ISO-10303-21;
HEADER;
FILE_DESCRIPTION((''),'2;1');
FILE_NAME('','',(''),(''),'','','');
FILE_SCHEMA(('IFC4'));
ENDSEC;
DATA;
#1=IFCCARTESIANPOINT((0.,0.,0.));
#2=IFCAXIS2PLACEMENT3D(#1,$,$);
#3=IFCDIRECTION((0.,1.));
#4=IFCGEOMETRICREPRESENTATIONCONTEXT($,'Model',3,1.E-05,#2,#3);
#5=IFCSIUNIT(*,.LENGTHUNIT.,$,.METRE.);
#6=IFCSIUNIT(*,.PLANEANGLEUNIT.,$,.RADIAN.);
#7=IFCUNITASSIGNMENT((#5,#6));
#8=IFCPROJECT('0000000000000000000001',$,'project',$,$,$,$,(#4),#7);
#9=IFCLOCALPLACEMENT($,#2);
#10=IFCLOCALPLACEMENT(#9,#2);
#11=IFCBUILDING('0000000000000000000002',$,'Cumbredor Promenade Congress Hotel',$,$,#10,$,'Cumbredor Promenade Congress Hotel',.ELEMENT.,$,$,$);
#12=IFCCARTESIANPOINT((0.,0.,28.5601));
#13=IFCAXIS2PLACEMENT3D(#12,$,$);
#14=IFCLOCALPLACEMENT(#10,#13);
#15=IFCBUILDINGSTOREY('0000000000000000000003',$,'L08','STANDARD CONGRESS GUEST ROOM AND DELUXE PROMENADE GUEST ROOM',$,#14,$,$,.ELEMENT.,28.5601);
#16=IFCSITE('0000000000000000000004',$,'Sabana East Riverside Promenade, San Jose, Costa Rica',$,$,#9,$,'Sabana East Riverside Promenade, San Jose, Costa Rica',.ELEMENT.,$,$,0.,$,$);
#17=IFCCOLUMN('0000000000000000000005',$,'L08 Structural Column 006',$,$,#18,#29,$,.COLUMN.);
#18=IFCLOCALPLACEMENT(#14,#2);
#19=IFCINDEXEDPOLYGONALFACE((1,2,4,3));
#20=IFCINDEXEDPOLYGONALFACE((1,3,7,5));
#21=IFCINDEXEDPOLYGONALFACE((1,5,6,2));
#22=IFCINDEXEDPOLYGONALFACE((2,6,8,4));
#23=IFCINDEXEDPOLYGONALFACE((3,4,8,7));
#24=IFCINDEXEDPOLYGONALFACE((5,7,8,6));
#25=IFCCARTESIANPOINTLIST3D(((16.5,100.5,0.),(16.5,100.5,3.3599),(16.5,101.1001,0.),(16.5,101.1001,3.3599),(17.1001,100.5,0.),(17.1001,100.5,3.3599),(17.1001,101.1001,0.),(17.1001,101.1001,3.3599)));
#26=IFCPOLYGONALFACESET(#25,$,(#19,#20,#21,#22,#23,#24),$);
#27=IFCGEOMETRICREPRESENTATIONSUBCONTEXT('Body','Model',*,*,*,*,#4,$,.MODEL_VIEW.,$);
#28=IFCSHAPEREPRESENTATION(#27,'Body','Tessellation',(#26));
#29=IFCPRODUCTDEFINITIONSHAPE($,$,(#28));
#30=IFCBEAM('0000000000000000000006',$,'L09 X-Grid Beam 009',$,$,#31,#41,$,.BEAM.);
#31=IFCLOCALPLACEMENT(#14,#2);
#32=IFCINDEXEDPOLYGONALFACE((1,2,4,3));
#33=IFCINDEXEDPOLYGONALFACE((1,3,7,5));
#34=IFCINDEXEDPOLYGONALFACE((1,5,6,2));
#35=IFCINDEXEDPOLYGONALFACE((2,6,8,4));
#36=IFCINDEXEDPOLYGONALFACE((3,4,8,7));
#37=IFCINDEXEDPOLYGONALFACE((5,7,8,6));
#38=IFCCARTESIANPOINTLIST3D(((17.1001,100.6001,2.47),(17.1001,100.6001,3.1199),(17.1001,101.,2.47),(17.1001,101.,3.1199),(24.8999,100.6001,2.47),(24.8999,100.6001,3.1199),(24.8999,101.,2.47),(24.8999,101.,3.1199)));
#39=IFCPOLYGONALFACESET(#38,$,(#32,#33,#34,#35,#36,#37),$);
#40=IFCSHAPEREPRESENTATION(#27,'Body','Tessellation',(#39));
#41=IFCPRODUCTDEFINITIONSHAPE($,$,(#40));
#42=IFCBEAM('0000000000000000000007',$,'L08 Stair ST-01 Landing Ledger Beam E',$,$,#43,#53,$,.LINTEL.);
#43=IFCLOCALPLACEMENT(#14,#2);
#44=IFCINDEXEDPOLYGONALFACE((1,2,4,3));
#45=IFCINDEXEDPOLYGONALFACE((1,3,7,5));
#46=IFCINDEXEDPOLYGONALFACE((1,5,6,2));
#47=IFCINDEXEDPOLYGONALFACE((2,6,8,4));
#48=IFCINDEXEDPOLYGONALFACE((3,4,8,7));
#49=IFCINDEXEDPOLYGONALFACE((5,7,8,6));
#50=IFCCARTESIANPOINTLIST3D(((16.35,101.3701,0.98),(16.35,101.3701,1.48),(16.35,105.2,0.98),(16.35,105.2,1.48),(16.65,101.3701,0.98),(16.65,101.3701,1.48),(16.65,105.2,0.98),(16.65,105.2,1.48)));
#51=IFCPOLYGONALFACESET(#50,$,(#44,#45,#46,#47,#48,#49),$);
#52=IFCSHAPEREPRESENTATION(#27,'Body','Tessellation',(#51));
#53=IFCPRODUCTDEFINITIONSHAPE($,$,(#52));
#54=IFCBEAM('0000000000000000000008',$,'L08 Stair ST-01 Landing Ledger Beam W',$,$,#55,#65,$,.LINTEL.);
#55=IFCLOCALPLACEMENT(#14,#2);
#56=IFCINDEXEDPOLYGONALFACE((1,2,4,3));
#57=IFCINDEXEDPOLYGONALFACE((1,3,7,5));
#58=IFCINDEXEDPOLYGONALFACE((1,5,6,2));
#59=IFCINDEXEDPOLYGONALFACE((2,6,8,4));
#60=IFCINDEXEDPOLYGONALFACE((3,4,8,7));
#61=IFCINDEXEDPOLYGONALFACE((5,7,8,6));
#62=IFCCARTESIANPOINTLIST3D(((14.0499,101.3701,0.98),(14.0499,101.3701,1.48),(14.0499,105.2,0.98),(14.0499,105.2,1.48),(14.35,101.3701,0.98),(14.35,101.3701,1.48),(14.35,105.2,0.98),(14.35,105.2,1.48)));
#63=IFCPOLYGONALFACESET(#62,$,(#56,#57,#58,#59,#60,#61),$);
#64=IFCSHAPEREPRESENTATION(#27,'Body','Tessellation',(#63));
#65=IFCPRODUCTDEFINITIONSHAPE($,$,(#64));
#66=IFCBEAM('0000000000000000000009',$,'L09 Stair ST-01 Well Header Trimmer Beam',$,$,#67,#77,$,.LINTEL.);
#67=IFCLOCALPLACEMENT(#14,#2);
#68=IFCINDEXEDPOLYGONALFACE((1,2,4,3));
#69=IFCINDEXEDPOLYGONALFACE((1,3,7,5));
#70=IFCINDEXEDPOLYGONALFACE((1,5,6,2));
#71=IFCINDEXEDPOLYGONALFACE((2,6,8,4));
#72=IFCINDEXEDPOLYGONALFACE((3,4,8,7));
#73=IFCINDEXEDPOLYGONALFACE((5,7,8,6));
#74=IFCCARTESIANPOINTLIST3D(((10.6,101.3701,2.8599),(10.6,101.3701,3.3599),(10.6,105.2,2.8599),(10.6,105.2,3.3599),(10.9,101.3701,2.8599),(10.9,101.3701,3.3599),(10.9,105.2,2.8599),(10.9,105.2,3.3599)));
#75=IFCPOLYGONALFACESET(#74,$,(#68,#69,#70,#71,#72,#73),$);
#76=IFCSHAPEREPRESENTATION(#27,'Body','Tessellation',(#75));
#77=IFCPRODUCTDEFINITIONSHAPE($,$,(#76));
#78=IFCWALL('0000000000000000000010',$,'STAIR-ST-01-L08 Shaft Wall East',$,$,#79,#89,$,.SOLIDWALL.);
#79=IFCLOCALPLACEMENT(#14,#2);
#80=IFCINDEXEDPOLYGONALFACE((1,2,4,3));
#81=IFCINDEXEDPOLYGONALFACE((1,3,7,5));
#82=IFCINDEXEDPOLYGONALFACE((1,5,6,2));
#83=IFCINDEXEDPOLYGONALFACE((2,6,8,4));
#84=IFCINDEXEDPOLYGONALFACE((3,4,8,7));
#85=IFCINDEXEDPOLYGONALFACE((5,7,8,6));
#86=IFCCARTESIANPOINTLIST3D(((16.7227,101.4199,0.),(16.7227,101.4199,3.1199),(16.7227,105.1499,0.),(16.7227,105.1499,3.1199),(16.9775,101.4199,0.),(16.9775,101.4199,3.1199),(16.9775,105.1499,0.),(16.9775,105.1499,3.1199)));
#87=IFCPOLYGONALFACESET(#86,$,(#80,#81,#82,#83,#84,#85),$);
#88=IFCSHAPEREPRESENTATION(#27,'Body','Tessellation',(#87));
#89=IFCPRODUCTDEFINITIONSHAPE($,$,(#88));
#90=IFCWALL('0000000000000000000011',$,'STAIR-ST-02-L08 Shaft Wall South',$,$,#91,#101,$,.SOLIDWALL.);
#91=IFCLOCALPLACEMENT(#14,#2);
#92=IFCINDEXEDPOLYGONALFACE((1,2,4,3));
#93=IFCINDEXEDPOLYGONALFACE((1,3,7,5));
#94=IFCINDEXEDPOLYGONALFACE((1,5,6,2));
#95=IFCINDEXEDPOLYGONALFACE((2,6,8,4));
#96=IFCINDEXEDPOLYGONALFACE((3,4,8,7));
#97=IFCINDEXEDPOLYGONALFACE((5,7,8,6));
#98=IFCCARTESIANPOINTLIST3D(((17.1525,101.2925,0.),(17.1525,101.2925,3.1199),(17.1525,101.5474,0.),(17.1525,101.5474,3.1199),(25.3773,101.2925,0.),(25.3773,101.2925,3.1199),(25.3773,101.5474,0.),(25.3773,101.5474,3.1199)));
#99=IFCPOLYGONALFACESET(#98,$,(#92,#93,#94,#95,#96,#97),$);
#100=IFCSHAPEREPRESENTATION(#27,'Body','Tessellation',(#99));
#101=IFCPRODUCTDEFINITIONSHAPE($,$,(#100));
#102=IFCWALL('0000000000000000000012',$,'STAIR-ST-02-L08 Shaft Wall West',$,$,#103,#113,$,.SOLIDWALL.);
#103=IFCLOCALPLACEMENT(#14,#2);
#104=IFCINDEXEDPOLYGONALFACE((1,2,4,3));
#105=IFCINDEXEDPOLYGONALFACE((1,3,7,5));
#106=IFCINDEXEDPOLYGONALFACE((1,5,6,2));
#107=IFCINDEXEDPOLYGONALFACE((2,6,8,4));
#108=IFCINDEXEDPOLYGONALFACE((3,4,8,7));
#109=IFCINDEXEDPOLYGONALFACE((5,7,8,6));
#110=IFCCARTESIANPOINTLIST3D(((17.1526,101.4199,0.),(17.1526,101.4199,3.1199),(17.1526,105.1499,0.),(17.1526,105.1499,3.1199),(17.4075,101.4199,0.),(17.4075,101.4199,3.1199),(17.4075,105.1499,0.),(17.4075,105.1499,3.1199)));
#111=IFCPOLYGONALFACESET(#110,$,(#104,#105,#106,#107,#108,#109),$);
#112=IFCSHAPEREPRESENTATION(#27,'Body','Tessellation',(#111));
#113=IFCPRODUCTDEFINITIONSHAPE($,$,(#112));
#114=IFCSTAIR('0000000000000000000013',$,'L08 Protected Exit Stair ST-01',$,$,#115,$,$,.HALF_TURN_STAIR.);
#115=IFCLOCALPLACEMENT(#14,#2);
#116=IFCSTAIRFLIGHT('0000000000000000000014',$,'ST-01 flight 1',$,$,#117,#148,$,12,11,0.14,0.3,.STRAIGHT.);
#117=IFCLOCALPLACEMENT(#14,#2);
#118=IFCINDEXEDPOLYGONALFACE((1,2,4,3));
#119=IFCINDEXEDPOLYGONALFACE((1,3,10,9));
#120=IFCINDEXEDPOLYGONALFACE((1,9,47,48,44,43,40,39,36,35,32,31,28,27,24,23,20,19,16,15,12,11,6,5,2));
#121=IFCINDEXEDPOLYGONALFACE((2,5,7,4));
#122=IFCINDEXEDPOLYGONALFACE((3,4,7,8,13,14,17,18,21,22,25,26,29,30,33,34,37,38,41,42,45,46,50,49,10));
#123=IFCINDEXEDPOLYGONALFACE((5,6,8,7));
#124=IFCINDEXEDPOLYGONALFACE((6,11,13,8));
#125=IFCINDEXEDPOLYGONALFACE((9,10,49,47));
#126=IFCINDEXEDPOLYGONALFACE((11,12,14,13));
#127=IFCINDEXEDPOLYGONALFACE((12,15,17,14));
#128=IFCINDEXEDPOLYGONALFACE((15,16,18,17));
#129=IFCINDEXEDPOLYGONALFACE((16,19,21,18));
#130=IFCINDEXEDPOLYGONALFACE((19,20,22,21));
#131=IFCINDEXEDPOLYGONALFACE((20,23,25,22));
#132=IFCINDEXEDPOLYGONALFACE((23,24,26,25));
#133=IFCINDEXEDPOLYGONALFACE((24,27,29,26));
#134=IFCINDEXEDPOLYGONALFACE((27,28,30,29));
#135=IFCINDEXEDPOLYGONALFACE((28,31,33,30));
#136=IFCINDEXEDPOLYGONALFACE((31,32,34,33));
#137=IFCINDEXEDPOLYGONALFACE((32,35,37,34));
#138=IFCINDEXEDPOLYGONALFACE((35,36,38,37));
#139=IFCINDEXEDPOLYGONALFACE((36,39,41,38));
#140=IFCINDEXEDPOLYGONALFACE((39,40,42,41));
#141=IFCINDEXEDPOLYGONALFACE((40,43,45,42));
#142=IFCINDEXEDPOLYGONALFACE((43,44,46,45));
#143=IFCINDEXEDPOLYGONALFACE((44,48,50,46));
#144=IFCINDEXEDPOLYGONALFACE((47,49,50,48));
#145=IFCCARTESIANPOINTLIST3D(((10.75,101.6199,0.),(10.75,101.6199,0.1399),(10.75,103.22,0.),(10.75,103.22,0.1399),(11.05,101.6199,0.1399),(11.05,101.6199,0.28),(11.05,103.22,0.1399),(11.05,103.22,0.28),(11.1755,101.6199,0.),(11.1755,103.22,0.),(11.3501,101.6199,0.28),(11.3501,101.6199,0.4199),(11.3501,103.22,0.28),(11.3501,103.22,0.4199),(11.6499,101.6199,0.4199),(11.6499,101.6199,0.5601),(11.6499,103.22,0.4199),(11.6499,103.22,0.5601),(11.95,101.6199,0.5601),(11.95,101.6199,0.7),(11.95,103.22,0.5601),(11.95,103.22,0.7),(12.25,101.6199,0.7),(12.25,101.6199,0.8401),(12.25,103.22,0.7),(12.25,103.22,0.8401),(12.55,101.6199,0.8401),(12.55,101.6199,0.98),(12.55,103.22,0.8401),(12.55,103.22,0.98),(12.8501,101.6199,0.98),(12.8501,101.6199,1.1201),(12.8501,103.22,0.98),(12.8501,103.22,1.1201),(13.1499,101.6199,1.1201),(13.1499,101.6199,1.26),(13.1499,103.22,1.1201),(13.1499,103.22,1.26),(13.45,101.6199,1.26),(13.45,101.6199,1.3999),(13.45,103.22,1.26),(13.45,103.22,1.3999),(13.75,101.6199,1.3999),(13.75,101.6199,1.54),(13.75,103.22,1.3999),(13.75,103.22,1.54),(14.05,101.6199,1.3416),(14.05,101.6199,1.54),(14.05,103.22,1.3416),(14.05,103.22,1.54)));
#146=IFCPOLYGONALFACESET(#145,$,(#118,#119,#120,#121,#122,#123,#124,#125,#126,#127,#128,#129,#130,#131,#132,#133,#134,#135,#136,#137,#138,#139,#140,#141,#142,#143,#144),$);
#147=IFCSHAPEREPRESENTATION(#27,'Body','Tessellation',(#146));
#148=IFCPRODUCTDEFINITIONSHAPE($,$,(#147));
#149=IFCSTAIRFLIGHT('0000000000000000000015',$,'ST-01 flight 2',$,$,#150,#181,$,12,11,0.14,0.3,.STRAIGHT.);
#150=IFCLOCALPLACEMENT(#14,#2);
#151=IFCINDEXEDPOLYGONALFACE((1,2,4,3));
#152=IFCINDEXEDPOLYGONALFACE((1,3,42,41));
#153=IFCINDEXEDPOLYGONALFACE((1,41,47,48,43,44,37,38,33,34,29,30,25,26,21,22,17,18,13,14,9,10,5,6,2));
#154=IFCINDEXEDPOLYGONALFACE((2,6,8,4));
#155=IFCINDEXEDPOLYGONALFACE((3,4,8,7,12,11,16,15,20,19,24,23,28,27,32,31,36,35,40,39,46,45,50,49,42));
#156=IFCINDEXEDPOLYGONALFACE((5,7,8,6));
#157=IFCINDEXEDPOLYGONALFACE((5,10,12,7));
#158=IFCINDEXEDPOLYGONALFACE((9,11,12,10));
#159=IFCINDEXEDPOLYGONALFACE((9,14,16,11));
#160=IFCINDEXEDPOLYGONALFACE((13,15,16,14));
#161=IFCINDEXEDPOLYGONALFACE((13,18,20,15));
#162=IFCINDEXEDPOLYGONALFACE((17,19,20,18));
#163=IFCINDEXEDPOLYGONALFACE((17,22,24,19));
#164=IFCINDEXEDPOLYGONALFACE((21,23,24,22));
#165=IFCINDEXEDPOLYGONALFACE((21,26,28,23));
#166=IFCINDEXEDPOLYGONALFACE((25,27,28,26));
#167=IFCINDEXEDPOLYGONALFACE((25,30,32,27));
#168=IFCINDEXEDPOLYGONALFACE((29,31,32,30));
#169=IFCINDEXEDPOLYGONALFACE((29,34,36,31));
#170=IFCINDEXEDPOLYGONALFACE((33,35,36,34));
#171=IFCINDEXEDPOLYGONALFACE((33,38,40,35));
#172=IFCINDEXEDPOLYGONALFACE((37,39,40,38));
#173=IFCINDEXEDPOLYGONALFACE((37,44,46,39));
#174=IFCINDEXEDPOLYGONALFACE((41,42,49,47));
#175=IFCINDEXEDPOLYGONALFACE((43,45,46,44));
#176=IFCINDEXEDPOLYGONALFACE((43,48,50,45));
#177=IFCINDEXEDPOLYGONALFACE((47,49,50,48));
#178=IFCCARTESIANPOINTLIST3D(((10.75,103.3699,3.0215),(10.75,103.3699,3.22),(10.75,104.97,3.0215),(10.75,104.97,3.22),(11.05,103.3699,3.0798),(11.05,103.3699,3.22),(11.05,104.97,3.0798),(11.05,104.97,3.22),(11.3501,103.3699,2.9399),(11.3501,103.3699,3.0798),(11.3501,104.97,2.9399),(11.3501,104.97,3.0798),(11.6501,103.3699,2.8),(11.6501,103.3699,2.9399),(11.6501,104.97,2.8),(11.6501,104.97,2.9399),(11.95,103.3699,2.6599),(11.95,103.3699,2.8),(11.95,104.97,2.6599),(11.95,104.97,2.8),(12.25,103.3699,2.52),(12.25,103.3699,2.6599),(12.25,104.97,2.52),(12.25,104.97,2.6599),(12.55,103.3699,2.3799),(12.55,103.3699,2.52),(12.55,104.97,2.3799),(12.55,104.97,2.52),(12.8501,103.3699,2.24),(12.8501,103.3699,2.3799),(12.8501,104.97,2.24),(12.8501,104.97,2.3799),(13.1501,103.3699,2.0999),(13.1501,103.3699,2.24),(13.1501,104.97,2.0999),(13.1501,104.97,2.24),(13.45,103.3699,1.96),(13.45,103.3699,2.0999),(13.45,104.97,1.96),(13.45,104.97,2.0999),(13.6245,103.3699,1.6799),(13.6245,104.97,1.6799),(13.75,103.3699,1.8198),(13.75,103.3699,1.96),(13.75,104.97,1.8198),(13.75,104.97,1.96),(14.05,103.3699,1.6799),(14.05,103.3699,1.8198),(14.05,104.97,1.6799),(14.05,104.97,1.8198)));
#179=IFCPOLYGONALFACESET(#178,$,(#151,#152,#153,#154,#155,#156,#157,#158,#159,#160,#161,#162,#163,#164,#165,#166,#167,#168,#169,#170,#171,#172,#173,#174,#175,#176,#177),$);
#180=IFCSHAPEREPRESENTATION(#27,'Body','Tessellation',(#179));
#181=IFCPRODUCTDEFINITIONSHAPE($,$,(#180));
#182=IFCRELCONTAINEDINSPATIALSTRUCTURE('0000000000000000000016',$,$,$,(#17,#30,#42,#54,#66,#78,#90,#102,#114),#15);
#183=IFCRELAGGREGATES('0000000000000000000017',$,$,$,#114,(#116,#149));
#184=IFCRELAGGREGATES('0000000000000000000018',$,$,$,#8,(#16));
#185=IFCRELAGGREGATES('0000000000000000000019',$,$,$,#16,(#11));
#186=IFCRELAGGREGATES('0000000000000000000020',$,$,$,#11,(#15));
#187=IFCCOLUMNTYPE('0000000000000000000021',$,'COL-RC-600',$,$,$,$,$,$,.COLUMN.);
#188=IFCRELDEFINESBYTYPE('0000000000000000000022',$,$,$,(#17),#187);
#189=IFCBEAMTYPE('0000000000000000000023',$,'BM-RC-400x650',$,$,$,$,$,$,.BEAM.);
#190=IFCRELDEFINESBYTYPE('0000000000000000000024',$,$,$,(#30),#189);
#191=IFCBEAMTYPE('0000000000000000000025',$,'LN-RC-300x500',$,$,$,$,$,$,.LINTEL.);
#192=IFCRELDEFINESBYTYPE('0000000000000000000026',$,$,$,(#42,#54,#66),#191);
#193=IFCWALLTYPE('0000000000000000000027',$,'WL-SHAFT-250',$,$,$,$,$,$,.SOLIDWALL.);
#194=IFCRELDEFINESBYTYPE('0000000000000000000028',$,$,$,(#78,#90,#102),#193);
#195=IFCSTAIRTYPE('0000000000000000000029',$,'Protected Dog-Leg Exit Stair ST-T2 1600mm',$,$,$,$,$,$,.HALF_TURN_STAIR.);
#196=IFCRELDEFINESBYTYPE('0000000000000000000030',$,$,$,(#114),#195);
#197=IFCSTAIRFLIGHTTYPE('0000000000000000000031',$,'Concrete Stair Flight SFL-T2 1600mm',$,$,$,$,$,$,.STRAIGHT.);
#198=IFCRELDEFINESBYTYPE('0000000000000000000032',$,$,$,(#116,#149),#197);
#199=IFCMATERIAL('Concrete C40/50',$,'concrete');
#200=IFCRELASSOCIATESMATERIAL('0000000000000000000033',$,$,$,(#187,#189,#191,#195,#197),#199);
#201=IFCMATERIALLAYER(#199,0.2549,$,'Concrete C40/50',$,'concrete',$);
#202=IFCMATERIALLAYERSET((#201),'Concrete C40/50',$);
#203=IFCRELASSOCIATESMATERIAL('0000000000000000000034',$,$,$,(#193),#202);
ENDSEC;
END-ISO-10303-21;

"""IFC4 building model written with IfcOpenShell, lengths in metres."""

from ifc_helpers import new_model, si_unit, direction, frame, frame_2d, origin, origin_2d, place, context, subcontext, project, spatial, polyline, rectangle, outline, extrude, material, layer, layer_set, material_profile, profile_set, type_object, element, aggregate, save


model = new_model("IFC4")

# Units and contexts
model_context = context("Model", 3, precision=1e-05, world=origin(), true_north=direction((0.0, 1.0)))
body_context = subcontext(model_context, "Body", "Model", "MODEL_VIEW")
ifc_project = project(units=[si_unit("LENGTHUNIT", "METRE"), si_unit("PLANEANGLEUNIT", "RADIAN")], contexts=[model_context])

# Site, building, storey
site_placement = place(None, origin())
site = spatial("IfcSite", under=ifc_project, at=site_placement, Name="Sabana East Riverside Promenade, San Jose, Costa Rica", LongName="Sabana East Riverside Promenade, San Jose, Costa Rica", CompositionType="ELEMENT", RefElevation=0.0)
building_placement = place(site_placement, origin())
building = spatial("IfcBuilding", under=site, at=building_placement, Name="Cumbredor Promenade Congress Hotel", LongName="Cumbredor Promenade Congress Hotel", CompositionType="ELEMENT")
storey_placement = place(building_placement, frame((0.0, 0.0, 28.5601)))
storey = spatial("IfcBuildingStorey", under=building, at=storey_placement, Name="L08", Description="STANDARD CONGRESS GUEST ROOM AND DELUXE PROMENADE GUEST ROOM", CompositionType="ELEMENT", Elevation=28.5601)

# Column
ifc_material_1 = material(Name="Concrete C40/50", Category="concrete")
ifc_material_profile_1 = material_profile(ifc_material_1, rectangle(XDim=0.6001, YDim=0.6001, at=origin_2d()), Name="RC 600x600")
ifc_profile_set_1 = profile_set([ifc_material_profile_1], Name="Concrete C40/50")
column_type = type_object("IfcColumnType", Name="COL-RC-600", PredefinedType="COLUMN", material=ifc_profile_set_1)
column_placement = place(storey_placement, frame((16.8, 100.8, 0.0), z_axis=(0.0, 0.0, 1.0), x_axis=(1.0, 0.0, 0.0)))
element("IfcColumn", 1, at=column_placement, inside=storey, type_object=column_type, Name="L08 Structural Column 006", PredefinedType="COLUMN", context=body_context, shape_type="SweptSolid", body=[
    extrude(rectangle(XDim=0.6001, YDim=0.6001, at=origin_2d()), origin(), (0.0, 0.0, 1.0), 3.3599),
])

# Beams
ifc_material_profile_2 = material_profile(ifc_material_1, rectangle(XDim=0.3999, YDim=0.6499, at=origin_2d()), Name="RC BEAM 400x650")
ifc_profile_set_2 = profile_set([ifc_material_profile_2], Name="Concrete C40/50")
beam_type_1 = type_object("IfcBeamType", Name="BM-RC-400x650", PredefinedType="BEAM", material=ifc_profile_set_2)
beam_placement = place(storey_placement, frame((17.1001, 100.8, 2.7949), z_axis=(1.0, 0.0, 0.0), x_axis=(0.0, 1.0, 0.0)))
element("IfcBeam", 2, at=beam_placement, inside=storey, type_object=beam_type_1, Name="L09 X-Grid Beam 009", PredefinedType="BEAM", context=body_context, shape_type="SweptSolid", body=[
    extrude(rectangle(XDim=0.3999, YDim=0.6499, at=origin_2d()), origin(), (0.0, 0.0, 1.0), 7.7998),
])
ifc_material_profile_3 = material_profile(ifc_material_1, rectangle(XDim=0.3, YDim=0.5, at=origin_2d()), Name="RC LINTEL 300x500")
ifc_profile_set_3 = profile_set([ifc_material_profile_3], Name="Concrete C40/50")
beam_type_2 = type_object("IfcBeamType", Name="LN-RC-300x500", PredefinedType="LINTEL", material=ifc_profile_set_3)
for number, where, z_axis, x_axis, name in (
    (3, (16.5, 101.3701, 1.23), (0.0, 1.0, 0.0), (-1.0, 0.0, 0.0), "L08 Stair ST-01 Landing Ledger Beam E"),
    (4, (14.2, 101.3701, 1.23), (0.0, 1.0, 0.0), (-1.0, 0.0, 0.0), "L08 Stair ST-01 Landing Ledger Beam W"),
    (5, (10.75, 101.3701, 3.1099), (0.0, 1.0, 0.0), (-1.0, 0.0, 0.0), "L09 Stair ST-01 Well Header Trimmer Beam"),
):
    element("IfcBeam", number, at=place(storey_placement, frame(where, z_axis=z_axis, x_axis=x_axis)), inside=storey, type_object=beam_type_2, Name=name, PredefinedType="LINTEL", context=body_context, shape_type="SweptSolid", body=[
        extrude(rectangle(XDim=0.3, YDim=0.5, at=origin_2d()), origin(), (0.0, 0.0, 1.0), 3.8298),
    ])

# Walls
ifc_layer = layer(ifc_material_1, 0.2549, Name="Concrete C40/50", Category="concrete")
ifc_layer_set = layer_set([ifc_layer], Name="Concrete C40/50")
wall_type = type_object("IfcWallType", Name="WL-SHAFT-250", PredefinedType="SOLIDWALL", material=ifc_layer_set)
wall_1_placement = place(storey_placement, frame((16.8501, 101.4199, 0.0), z_axis=(0.0, 0.0, 1.0), x_axis=(0.0, 1.0, 0.0)))
element("IfcWall", 6, at=wall_1_placement, inside=storey, type_object=wall_type, Name="STAIR-ST-01-L08 Shaft Wall East", PredefinedType="SOLIDWALL", context=body_context, shape_type="SweptSolid", body=[
    extrude(rectangle(XDim=3.73, YDim=0.2549, at=frame_2d((1.865, 0.0))), origin(), (0.0, 0.0, 1.0), 3.1199),
])
wall_2_placement = place(storey_placement, frame((17.1526, 101.4199, 0.0), z_axis=(0.0, 0.0, 1.0), x_axis=(1.0, 0.0, 0.0)))
element("IfcWall", 7, at=wall_2_placement, inside=storey, type_object=wall_type, Name="STAIR-ST-02-L08 Shaft Wall South", PredefinedType="SOLIDWALL", context=body_context, shape_type="SweptSolid", body=[
    extrude(rectangle(XDim=8.2249, YDim=0.2549, at=frame_2d((4.1123, 0.0))), origin(), (0.0, 0.0, 1.0), 3.1199),
])

# Wall
wall_3_placement = place(storey_placement, frame((17.28, 101.4199, 0.0), z_axis=(0.0, 0.0, 1.0), x_axis=(0.0, 1.0, 0.0)))
element("IfcWall", 8, at=wall_3_placement, inside=storey, type_object=wall_type, Name="STAIR-ST-02-L08 Shaft Wall West", PredefinedType="SOLIDWALL", context=body_context, shape_type="SweptSolid", body=[
    extrude(rectangle(XDim=3.73, YDim=0.2549, at=frame_2d((1.865, 0.0))), origin(), (0.0, 0.0, 1.0), 3.1199),
])

# Stair, stair flights
stair_type = type_object("IfcStairType", Name="Protected Dog-Leg Exit Stair ST-T2 1600mm", PredefinedType="HALF_TURN_STAIR", material=ifc_material_1)
stair_placement = place(storey_placement, origin())
stair = element("IfcStair", 9, at=stair_placement, inside=storey, type_object=stair_type, Name="L08 Protected Exit Stair ST-01", PredefinedType="HALF_TURN_STAIR")
stair_flight_type = type_object("IfcStairFlightType", Name="Concrete Stair Flight SFL-T2 1600mm", PredefinedType="STRAIGHT", material=ifc_material_1)
stair_flight_1_placement = place(storey_placement, frame((10.75, 102.4199, 0.0), z_axis=(0.0, 0.0, 1.0), x_axis=(1.0, 0.0, 0.0)))
stair_flight_1 = element("IfcStairFlight", 10, at=stair_flight_1_placement, type_object=stair_flight_type, Name="ST-01 flight 1", NumberOfRisers=12, NumberOfTreads=11, PredefinedType="STRAIGHT", RiserHeight=0.14, TreadLength=0.3, context=body_context, shape_type="SweptSolid", body=[
    extrude(outline(polyline([(0.0, 0.0), (0.0, 0.1399), (0.3, 0.1399), (0.3, 0.28), (0.6001, 0.28), (0.6001, 0.4199), (0.8999, 0.4199), (0.8999, 0.5601), (1.2, 0.5601), (1.2, 0.7), (1.5, 0.7), (1.5, 0.8401), (1.8, 0.8401), (1.8, 0.98), (2.1001, 0.98), (2.1001, 1.1201), (2.3999, 1.1201), (2.3999, 1.26), (2.7, 1.26), (2.7, 1.3999), (3.0, 1.3999), (3.0, 1.54), (3.3, 1.54), (3.3, 1.6799), (3.3, 1.3416), (0.4255, 0.0), (0.0, 0.0)])), frame((0.0, 0.8, 0.0), z_axis=(0.0, -1.0, 0.0), x_axis=(1.0, 0.0, 0.0)), (0.0, 0.0, 1.0), 1.6001),
])
stair_flight_2_placement = place(storey_placement, frame((14.05, 104.1699, 1.6799), z_axis=(0.0, 0.0, 1.0), x_axis=(-1.0, 0.0, 0.0)))
stair_flight_2 = element("IfcStairFlight", 11, at=stair_flight_2_placement, type_object=stair_flight_type, Name="ST-01 flight 2", NumberOfRisers=12, NumberOfTreads=11, PredefinedType="STRAIGHT", RiserHeight=0.14, TreadLength=0.3, context=body_context, shape_type="SweptSolid", body=[
    extrude(outline(polyline([(0.0, 0.0), (0.0, 0.1399), (0.3, 0.1399), (0.3, 0.28), (0.6001, 0.28), (0.6001, 0.4199), (0.8999, 0.4199), (0.8999, 0.5601), (1.2, 0.5601), (1.2, 0.7), (1.5, 0.7), (1.5, 0.8401), (1.8, 0.8401), (1.8, 0.98), (2.1001, 0.98), (2.1001, 1.1201), (2.3999, 1.1201), (2.3999, 1.26), (2.7, 1.26), (2.7, 1.3999), (3.0, 1.3999), (3.0, 1.54), (3.3, 1.54), (3.3, 1.6799), (3.3, 1.3416), (0.4255, 0.0), (0.0, 0.0)])), frame((0.0, 0.8, 0.0), z_axis=(0.0, -1.0, 0.0), x_axis=(1.0, 0.0, 0.0)), (0.0, 0.0, 1.0), 1.6001),
])
aggregate(stair, [stair_flight_1, stair_flight_2])

save(model, "model.ifc")
